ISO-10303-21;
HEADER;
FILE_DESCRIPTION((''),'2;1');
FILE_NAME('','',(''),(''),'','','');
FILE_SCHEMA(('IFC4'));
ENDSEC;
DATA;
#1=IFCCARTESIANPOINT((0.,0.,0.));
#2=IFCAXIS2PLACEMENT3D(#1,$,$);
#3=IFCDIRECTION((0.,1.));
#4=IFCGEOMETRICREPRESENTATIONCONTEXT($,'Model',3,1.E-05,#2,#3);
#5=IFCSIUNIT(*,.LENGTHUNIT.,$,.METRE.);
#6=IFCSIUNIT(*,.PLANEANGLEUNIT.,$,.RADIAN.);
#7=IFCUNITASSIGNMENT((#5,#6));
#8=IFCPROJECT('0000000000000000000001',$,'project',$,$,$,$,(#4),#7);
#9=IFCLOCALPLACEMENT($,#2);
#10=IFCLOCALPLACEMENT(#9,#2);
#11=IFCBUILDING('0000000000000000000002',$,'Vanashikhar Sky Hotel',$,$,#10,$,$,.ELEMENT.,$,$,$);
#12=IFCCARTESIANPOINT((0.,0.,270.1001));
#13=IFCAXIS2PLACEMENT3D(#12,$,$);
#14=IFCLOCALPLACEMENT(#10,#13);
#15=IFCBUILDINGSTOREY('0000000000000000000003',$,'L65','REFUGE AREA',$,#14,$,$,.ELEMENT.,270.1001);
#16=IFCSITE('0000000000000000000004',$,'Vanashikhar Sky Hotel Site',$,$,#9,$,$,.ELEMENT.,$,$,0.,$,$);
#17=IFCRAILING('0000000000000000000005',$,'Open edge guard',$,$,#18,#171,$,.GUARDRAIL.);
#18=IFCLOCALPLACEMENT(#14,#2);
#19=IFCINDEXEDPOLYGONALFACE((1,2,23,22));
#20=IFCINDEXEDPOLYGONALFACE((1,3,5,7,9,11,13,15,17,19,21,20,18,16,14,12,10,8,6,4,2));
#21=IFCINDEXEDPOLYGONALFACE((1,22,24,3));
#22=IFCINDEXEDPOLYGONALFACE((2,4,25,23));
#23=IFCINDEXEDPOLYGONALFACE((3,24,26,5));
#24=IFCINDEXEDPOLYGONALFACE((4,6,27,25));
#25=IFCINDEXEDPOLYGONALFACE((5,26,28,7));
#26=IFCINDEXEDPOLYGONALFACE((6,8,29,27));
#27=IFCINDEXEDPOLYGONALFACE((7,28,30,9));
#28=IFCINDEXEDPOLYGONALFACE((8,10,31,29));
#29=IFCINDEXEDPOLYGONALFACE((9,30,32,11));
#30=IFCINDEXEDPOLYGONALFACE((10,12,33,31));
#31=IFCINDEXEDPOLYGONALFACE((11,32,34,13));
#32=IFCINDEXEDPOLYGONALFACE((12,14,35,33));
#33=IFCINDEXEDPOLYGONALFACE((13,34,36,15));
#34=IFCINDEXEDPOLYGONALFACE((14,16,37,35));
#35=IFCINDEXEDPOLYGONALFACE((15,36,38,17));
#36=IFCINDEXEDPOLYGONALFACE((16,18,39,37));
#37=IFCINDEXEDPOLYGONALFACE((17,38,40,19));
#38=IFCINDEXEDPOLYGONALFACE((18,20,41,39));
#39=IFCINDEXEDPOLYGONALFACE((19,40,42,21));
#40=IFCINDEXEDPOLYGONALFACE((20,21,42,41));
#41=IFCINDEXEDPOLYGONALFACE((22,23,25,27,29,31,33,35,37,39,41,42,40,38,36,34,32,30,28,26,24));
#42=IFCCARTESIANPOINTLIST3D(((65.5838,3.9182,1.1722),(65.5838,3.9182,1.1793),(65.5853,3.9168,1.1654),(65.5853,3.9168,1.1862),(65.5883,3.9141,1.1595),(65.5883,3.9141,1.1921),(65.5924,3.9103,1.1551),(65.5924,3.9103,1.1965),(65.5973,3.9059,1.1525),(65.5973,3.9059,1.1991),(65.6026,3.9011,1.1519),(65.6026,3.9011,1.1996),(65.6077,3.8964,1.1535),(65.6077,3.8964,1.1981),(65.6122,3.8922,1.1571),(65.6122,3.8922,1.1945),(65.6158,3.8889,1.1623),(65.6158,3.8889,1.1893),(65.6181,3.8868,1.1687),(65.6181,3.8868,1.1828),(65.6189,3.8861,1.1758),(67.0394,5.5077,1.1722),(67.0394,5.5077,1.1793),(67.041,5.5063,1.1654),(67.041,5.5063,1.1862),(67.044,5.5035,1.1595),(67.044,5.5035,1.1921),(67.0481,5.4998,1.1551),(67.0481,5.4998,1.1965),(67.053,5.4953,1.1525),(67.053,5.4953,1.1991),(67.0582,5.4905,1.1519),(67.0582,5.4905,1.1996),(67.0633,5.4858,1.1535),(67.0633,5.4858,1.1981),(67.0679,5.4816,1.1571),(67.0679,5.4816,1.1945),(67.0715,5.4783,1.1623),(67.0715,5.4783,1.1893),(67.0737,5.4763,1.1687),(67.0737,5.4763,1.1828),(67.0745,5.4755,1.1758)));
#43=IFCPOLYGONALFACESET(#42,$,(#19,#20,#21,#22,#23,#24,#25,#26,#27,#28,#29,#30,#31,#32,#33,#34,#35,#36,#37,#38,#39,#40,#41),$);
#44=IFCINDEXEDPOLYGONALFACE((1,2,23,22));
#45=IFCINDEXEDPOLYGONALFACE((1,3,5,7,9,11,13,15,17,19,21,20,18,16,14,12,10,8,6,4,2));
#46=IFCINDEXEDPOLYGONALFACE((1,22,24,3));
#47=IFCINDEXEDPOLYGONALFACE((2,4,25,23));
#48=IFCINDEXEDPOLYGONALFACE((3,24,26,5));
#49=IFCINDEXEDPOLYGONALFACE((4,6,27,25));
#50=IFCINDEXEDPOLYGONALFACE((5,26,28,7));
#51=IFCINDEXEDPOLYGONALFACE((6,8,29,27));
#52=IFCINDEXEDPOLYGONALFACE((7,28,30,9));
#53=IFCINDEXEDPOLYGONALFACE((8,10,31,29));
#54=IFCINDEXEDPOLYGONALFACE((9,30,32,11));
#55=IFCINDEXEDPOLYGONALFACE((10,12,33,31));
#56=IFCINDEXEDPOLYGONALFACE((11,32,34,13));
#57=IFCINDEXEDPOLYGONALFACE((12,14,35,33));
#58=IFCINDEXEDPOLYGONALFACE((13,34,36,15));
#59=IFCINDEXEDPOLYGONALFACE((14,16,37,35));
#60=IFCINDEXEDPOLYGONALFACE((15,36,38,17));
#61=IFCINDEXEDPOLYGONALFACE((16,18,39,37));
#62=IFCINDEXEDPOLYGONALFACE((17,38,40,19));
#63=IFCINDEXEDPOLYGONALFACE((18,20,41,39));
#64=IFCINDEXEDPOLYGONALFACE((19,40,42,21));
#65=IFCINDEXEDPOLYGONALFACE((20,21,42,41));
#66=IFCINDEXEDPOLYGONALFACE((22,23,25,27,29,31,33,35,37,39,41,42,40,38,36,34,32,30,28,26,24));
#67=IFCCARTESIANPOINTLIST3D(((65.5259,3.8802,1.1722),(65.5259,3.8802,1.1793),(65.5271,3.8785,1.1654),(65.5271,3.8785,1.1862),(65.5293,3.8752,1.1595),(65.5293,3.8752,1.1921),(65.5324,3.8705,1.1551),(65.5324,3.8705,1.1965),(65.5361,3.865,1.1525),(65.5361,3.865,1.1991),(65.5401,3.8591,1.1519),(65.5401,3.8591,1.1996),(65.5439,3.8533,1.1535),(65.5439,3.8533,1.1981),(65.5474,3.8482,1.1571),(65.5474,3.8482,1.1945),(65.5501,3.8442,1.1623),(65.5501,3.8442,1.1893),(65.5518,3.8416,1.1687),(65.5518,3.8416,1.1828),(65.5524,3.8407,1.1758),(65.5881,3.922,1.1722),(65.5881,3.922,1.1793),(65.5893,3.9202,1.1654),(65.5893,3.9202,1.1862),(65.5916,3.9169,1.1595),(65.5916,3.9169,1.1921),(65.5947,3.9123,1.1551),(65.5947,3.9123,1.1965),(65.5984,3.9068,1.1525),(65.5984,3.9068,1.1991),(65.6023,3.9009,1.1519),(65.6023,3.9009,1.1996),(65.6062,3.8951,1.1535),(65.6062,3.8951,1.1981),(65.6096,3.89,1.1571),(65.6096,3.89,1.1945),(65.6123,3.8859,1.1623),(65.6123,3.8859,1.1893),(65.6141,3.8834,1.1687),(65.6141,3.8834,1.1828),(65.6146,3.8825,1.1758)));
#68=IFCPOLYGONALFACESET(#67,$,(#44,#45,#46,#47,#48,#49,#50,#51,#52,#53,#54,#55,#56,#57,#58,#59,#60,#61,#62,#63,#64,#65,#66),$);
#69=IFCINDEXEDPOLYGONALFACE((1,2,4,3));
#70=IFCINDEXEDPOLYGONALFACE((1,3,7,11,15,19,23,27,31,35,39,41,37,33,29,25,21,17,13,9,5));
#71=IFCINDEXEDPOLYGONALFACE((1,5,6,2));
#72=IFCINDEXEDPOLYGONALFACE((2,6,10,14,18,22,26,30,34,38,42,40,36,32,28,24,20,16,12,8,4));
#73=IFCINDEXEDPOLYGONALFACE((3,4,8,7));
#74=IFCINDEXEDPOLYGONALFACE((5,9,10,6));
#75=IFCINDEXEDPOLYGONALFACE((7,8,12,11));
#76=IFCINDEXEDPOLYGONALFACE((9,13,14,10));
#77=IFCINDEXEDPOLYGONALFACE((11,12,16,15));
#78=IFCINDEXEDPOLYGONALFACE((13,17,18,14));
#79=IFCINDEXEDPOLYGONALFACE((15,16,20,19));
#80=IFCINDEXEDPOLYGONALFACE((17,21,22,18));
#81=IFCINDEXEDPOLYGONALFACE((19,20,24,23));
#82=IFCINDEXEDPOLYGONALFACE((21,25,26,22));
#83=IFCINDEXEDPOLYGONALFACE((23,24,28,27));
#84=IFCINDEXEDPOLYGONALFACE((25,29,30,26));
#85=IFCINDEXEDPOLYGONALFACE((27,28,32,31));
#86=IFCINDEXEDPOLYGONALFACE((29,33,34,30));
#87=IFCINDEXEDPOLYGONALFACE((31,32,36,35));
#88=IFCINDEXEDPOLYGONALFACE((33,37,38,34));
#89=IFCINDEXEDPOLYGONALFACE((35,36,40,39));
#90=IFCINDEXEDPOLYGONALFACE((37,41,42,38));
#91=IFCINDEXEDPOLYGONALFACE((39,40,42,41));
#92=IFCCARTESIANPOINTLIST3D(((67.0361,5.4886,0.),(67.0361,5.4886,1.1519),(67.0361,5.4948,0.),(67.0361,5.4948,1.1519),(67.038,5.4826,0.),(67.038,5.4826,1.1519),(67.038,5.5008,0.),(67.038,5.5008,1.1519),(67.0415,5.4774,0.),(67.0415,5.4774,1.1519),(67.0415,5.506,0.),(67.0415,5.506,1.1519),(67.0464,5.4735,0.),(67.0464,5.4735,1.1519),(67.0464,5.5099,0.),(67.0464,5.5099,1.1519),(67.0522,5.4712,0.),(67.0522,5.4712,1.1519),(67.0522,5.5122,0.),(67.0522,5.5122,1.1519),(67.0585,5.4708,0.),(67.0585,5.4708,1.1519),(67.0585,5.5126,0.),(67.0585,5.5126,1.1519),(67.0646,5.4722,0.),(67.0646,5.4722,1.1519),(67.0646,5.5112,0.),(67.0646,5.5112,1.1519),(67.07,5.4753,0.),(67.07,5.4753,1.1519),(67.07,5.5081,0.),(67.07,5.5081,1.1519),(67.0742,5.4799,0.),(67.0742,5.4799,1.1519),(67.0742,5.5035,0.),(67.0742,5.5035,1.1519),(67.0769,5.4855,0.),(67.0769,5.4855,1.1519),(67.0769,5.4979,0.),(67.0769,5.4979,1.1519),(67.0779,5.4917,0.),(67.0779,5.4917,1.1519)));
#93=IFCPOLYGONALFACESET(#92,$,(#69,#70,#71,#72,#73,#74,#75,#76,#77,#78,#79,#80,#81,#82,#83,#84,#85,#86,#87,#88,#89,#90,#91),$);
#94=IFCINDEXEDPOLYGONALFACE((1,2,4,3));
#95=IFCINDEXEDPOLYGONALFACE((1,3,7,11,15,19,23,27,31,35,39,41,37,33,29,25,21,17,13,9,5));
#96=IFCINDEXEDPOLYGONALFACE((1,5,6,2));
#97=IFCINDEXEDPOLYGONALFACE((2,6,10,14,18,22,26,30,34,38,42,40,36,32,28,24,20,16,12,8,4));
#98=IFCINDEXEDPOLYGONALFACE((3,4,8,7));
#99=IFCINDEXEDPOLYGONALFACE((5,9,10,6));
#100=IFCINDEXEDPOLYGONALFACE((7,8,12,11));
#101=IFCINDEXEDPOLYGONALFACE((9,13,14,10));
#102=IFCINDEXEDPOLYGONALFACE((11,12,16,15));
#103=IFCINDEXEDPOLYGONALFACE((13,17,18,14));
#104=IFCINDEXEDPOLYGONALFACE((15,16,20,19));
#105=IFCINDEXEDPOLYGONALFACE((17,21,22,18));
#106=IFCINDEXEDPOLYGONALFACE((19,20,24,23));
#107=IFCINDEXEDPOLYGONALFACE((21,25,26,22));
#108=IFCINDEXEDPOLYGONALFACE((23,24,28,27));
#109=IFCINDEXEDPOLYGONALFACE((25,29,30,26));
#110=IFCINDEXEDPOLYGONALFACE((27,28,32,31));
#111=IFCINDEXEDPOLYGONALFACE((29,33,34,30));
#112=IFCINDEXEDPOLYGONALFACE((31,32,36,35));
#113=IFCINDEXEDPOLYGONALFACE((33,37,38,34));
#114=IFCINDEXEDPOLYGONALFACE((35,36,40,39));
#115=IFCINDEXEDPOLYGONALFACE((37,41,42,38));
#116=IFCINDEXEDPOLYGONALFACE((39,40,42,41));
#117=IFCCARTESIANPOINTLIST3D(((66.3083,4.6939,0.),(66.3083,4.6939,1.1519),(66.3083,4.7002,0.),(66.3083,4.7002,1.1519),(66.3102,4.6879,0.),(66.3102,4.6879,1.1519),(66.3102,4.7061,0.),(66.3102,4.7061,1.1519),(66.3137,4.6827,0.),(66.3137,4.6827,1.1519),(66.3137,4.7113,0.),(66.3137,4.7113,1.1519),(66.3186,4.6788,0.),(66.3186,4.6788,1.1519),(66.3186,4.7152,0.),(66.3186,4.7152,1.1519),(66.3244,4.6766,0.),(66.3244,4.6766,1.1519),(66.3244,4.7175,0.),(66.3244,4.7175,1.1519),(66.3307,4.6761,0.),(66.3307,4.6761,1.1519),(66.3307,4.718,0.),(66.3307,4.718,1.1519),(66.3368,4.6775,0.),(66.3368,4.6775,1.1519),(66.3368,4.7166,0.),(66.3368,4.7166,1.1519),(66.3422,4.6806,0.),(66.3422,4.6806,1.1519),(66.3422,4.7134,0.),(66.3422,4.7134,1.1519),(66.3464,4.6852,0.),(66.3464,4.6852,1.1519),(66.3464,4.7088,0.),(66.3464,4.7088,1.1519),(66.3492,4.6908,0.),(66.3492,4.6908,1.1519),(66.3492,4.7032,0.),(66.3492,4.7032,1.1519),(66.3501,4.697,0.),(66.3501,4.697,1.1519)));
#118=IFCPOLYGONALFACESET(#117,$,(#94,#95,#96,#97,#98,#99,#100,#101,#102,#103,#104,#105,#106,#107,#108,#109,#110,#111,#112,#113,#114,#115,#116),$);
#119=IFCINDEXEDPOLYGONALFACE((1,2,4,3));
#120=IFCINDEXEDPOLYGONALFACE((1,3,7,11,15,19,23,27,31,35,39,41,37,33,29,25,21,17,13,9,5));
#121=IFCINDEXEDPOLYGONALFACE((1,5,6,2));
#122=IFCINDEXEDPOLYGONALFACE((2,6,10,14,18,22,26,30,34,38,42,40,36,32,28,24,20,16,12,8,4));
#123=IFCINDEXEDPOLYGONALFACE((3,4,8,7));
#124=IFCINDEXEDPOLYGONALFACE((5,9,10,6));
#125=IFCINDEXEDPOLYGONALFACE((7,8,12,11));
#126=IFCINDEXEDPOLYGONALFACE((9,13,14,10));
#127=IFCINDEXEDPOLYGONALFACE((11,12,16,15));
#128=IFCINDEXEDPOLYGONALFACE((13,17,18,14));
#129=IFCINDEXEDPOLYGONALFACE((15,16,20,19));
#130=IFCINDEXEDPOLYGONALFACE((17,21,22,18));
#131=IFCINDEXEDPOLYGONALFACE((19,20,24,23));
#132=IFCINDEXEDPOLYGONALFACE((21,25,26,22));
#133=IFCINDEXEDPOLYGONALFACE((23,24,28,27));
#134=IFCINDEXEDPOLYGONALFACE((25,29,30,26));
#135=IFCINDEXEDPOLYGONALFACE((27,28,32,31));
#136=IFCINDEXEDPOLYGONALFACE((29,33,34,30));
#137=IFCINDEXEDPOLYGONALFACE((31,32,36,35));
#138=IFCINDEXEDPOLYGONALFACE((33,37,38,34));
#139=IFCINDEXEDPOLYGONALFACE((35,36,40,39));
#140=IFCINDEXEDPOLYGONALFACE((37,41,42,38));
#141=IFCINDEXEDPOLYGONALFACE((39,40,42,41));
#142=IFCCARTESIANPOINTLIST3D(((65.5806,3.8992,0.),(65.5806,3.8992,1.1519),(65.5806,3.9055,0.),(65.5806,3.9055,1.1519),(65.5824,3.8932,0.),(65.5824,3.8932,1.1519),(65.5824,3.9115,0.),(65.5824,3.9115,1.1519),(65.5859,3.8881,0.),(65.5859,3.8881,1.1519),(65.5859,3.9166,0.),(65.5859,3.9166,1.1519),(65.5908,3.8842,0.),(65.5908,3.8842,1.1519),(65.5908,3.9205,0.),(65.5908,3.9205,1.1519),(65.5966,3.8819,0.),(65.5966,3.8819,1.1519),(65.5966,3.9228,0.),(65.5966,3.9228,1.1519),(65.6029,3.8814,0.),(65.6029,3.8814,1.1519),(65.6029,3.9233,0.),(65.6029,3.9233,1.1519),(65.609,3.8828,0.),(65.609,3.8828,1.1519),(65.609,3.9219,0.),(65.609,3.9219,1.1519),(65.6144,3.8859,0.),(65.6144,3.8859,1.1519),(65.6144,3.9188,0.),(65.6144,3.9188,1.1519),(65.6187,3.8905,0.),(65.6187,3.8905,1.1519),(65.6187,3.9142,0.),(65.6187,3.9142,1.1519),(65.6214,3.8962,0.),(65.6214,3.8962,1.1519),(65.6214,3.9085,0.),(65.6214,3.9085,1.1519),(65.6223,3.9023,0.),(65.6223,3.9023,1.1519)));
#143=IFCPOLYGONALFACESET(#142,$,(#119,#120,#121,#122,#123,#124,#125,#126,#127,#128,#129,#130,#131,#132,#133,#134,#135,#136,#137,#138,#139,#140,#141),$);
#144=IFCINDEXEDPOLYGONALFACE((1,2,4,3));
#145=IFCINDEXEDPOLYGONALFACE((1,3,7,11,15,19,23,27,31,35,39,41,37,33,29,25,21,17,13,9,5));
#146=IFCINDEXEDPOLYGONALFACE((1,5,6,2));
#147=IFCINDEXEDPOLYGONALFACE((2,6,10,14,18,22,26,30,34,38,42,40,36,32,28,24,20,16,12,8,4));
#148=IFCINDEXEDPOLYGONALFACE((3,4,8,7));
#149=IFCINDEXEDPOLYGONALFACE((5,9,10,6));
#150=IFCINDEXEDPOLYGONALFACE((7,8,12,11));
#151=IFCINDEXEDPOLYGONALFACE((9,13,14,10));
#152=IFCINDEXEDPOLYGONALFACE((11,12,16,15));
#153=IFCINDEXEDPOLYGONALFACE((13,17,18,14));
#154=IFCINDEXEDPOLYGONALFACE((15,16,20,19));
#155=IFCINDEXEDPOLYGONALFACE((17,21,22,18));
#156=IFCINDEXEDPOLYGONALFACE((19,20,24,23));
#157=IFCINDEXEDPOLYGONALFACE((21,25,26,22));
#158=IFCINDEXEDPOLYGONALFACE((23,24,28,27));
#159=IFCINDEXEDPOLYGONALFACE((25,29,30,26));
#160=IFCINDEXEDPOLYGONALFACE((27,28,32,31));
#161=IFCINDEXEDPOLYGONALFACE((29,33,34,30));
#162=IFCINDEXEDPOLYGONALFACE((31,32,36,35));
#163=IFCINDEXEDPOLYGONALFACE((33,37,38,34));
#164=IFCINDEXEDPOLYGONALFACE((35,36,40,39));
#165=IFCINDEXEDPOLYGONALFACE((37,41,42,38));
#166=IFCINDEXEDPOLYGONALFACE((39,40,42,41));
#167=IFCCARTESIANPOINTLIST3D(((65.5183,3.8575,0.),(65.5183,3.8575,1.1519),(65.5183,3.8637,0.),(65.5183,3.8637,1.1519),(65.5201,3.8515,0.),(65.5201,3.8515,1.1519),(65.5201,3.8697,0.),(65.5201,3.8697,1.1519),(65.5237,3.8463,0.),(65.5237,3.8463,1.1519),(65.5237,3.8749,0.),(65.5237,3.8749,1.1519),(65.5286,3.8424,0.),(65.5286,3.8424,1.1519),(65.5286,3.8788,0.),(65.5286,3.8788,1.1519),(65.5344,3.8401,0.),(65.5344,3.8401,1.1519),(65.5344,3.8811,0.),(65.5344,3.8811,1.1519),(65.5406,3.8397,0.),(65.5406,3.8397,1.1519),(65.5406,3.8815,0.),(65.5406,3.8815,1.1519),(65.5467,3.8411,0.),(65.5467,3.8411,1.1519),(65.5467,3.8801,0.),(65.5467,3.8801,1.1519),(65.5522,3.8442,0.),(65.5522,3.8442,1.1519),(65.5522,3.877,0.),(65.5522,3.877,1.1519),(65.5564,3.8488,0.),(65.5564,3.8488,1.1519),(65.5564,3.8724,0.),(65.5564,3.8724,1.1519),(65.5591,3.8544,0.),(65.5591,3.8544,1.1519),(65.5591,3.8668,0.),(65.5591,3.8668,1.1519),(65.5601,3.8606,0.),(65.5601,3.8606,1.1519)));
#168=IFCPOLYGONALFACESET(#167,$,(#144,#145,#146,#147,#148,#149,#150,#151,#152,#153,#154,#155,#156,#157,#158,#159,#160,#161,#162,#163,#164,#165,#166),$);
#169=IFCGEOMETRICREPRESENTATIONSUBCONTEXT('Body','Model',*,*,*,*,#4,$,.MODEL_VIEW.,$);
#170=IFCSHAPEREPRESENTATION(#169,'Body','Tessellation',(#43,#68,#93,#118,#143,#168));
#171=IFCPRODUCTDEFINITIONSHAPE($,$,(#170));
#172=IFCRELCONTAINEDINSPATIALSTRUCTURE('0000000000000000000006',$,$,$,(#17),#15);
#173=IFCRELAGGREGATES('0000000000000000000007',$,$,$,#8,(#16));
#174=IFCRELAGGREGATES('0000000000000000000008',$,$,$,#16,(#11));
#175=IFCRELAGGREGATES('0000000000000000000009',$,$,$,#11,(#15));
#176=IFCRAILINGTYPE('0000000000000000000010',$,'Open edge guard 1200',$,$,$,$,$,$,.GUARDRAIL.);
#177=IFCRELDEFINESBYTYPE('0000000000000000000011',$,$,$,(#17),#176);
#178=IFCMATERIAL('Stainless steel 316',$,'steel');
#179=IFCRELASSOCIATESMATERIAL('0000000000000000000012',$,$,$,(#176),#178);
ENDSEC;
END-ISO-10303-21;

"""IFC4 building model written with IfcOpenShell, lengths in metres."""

from ifc_helpers import new_model, si_unit, direction, frame, origin, origin_2d, place, context, subcontext, project, spatial, circle, extrude, source, transform, mapped, material, type_object, element, save


model = new_model("IFC4")

# Units and contexts
model_context = context("Model", 3, precision=1e-05, world=origin(), true_north=direction((0.0, 1.0)))
body_context = subcontext(model_context, "Body", "Model", "MODEL_VIEW")
ifc_project = project(units=[si_unit("LENGTHUNIT", "METRE"), si_unit("PLANEANGLEUNIT", "RADIAN")], contexts=[model_context])

# Site, building, storey
site_placement = place(None, origin())
site = spatial("IfcSite", under=ifc_project, at=site_placement, Name="Vanashikhar Sky Hotel Site", CompositionType="ELEMENT", RefElevation=0.0)
building_placement = place(site_placement, origin())
building = spatial("IfcBuilding", under=site, at=building_placement, Name="Vanashikhar Sky Hotel", CompositionType="ELEMENT")
storey_placement = place(building_placement, frame((0.0, 0.0, 270.1001)))
storey = spatial("IfcBuildingStorey", under=building, at=storey_placement, Name="L65", Description="REFUGE AREA", CompositionType="ELEMENT", Elevation=270.1001)

# Railing
ifc_material_1 = material(Name="Stainless steel 316", Category="steel")
railing_type = type_object("IfcRailingType", Name="Open edge guard 1200", PredefinedType="GUARDRAIL", material=ifc_material_1)
shared_shape_1 = source(origin(), body_context, "Body", "SweptSolid", [
    extrude(circle(Radius=0.0239, at=origin_2d()), frame((0.0, 0.0, 1.1758), z_axis=(-0.675386, -0.737464, 0.0), x_axis=(0.737464, -0.675386, 0.0)), (0.0, 0.0, 1.0), 2.1553),
    extrude(circle(Radius=0.0239, at=origin_2d()), frame((-1.4556, -1.5894, 1.1758), z_axis=(-0.830544, -0.556953, 0.0), x_axis=(0.556953, -0.830544, 0.0)), (0.0, 0.0, 1.0), 0.075),
    extrude(circle(Radius=0.021, at=origin_2d()), origin(), (0.0, 0.0, 1.0), 1.1519),
    extrude(circle(Radius=0.021, at=origin_2d()), frame((-0.7278, -0.7947, 0.0)), (0.0, 0.0, 1.0), 1.1519),
    extrude(circle(Radius=0.021, at=origin_2d()), frame((-1.4556, -1.5894, 0.0)), (0.0, 0.0, 1.0), 1.1519),
    extrude(circle(Radius=0.021, at=origin_2d()), frame((-1.5178, -1.6311, 0.0)), (0.0, 0.0, 1.0), 1.1519),
])
railing_1_placement = place(storey_placement, frame((67.0569, 5.4917, 0.0)))
element("IfcRailing", 1, at=railing_1_placement, inside=storey, type_object=railing_type, Name="Open edge guard", PredefinedType="GUARDRAIL", context=body_context, shape_type="MappedRepresentation", body=[
    mapped(shared_shape_1, transform((0.0, 0.0, 0.0), scale=1.0)),
])

save(model, "model.ifc")
